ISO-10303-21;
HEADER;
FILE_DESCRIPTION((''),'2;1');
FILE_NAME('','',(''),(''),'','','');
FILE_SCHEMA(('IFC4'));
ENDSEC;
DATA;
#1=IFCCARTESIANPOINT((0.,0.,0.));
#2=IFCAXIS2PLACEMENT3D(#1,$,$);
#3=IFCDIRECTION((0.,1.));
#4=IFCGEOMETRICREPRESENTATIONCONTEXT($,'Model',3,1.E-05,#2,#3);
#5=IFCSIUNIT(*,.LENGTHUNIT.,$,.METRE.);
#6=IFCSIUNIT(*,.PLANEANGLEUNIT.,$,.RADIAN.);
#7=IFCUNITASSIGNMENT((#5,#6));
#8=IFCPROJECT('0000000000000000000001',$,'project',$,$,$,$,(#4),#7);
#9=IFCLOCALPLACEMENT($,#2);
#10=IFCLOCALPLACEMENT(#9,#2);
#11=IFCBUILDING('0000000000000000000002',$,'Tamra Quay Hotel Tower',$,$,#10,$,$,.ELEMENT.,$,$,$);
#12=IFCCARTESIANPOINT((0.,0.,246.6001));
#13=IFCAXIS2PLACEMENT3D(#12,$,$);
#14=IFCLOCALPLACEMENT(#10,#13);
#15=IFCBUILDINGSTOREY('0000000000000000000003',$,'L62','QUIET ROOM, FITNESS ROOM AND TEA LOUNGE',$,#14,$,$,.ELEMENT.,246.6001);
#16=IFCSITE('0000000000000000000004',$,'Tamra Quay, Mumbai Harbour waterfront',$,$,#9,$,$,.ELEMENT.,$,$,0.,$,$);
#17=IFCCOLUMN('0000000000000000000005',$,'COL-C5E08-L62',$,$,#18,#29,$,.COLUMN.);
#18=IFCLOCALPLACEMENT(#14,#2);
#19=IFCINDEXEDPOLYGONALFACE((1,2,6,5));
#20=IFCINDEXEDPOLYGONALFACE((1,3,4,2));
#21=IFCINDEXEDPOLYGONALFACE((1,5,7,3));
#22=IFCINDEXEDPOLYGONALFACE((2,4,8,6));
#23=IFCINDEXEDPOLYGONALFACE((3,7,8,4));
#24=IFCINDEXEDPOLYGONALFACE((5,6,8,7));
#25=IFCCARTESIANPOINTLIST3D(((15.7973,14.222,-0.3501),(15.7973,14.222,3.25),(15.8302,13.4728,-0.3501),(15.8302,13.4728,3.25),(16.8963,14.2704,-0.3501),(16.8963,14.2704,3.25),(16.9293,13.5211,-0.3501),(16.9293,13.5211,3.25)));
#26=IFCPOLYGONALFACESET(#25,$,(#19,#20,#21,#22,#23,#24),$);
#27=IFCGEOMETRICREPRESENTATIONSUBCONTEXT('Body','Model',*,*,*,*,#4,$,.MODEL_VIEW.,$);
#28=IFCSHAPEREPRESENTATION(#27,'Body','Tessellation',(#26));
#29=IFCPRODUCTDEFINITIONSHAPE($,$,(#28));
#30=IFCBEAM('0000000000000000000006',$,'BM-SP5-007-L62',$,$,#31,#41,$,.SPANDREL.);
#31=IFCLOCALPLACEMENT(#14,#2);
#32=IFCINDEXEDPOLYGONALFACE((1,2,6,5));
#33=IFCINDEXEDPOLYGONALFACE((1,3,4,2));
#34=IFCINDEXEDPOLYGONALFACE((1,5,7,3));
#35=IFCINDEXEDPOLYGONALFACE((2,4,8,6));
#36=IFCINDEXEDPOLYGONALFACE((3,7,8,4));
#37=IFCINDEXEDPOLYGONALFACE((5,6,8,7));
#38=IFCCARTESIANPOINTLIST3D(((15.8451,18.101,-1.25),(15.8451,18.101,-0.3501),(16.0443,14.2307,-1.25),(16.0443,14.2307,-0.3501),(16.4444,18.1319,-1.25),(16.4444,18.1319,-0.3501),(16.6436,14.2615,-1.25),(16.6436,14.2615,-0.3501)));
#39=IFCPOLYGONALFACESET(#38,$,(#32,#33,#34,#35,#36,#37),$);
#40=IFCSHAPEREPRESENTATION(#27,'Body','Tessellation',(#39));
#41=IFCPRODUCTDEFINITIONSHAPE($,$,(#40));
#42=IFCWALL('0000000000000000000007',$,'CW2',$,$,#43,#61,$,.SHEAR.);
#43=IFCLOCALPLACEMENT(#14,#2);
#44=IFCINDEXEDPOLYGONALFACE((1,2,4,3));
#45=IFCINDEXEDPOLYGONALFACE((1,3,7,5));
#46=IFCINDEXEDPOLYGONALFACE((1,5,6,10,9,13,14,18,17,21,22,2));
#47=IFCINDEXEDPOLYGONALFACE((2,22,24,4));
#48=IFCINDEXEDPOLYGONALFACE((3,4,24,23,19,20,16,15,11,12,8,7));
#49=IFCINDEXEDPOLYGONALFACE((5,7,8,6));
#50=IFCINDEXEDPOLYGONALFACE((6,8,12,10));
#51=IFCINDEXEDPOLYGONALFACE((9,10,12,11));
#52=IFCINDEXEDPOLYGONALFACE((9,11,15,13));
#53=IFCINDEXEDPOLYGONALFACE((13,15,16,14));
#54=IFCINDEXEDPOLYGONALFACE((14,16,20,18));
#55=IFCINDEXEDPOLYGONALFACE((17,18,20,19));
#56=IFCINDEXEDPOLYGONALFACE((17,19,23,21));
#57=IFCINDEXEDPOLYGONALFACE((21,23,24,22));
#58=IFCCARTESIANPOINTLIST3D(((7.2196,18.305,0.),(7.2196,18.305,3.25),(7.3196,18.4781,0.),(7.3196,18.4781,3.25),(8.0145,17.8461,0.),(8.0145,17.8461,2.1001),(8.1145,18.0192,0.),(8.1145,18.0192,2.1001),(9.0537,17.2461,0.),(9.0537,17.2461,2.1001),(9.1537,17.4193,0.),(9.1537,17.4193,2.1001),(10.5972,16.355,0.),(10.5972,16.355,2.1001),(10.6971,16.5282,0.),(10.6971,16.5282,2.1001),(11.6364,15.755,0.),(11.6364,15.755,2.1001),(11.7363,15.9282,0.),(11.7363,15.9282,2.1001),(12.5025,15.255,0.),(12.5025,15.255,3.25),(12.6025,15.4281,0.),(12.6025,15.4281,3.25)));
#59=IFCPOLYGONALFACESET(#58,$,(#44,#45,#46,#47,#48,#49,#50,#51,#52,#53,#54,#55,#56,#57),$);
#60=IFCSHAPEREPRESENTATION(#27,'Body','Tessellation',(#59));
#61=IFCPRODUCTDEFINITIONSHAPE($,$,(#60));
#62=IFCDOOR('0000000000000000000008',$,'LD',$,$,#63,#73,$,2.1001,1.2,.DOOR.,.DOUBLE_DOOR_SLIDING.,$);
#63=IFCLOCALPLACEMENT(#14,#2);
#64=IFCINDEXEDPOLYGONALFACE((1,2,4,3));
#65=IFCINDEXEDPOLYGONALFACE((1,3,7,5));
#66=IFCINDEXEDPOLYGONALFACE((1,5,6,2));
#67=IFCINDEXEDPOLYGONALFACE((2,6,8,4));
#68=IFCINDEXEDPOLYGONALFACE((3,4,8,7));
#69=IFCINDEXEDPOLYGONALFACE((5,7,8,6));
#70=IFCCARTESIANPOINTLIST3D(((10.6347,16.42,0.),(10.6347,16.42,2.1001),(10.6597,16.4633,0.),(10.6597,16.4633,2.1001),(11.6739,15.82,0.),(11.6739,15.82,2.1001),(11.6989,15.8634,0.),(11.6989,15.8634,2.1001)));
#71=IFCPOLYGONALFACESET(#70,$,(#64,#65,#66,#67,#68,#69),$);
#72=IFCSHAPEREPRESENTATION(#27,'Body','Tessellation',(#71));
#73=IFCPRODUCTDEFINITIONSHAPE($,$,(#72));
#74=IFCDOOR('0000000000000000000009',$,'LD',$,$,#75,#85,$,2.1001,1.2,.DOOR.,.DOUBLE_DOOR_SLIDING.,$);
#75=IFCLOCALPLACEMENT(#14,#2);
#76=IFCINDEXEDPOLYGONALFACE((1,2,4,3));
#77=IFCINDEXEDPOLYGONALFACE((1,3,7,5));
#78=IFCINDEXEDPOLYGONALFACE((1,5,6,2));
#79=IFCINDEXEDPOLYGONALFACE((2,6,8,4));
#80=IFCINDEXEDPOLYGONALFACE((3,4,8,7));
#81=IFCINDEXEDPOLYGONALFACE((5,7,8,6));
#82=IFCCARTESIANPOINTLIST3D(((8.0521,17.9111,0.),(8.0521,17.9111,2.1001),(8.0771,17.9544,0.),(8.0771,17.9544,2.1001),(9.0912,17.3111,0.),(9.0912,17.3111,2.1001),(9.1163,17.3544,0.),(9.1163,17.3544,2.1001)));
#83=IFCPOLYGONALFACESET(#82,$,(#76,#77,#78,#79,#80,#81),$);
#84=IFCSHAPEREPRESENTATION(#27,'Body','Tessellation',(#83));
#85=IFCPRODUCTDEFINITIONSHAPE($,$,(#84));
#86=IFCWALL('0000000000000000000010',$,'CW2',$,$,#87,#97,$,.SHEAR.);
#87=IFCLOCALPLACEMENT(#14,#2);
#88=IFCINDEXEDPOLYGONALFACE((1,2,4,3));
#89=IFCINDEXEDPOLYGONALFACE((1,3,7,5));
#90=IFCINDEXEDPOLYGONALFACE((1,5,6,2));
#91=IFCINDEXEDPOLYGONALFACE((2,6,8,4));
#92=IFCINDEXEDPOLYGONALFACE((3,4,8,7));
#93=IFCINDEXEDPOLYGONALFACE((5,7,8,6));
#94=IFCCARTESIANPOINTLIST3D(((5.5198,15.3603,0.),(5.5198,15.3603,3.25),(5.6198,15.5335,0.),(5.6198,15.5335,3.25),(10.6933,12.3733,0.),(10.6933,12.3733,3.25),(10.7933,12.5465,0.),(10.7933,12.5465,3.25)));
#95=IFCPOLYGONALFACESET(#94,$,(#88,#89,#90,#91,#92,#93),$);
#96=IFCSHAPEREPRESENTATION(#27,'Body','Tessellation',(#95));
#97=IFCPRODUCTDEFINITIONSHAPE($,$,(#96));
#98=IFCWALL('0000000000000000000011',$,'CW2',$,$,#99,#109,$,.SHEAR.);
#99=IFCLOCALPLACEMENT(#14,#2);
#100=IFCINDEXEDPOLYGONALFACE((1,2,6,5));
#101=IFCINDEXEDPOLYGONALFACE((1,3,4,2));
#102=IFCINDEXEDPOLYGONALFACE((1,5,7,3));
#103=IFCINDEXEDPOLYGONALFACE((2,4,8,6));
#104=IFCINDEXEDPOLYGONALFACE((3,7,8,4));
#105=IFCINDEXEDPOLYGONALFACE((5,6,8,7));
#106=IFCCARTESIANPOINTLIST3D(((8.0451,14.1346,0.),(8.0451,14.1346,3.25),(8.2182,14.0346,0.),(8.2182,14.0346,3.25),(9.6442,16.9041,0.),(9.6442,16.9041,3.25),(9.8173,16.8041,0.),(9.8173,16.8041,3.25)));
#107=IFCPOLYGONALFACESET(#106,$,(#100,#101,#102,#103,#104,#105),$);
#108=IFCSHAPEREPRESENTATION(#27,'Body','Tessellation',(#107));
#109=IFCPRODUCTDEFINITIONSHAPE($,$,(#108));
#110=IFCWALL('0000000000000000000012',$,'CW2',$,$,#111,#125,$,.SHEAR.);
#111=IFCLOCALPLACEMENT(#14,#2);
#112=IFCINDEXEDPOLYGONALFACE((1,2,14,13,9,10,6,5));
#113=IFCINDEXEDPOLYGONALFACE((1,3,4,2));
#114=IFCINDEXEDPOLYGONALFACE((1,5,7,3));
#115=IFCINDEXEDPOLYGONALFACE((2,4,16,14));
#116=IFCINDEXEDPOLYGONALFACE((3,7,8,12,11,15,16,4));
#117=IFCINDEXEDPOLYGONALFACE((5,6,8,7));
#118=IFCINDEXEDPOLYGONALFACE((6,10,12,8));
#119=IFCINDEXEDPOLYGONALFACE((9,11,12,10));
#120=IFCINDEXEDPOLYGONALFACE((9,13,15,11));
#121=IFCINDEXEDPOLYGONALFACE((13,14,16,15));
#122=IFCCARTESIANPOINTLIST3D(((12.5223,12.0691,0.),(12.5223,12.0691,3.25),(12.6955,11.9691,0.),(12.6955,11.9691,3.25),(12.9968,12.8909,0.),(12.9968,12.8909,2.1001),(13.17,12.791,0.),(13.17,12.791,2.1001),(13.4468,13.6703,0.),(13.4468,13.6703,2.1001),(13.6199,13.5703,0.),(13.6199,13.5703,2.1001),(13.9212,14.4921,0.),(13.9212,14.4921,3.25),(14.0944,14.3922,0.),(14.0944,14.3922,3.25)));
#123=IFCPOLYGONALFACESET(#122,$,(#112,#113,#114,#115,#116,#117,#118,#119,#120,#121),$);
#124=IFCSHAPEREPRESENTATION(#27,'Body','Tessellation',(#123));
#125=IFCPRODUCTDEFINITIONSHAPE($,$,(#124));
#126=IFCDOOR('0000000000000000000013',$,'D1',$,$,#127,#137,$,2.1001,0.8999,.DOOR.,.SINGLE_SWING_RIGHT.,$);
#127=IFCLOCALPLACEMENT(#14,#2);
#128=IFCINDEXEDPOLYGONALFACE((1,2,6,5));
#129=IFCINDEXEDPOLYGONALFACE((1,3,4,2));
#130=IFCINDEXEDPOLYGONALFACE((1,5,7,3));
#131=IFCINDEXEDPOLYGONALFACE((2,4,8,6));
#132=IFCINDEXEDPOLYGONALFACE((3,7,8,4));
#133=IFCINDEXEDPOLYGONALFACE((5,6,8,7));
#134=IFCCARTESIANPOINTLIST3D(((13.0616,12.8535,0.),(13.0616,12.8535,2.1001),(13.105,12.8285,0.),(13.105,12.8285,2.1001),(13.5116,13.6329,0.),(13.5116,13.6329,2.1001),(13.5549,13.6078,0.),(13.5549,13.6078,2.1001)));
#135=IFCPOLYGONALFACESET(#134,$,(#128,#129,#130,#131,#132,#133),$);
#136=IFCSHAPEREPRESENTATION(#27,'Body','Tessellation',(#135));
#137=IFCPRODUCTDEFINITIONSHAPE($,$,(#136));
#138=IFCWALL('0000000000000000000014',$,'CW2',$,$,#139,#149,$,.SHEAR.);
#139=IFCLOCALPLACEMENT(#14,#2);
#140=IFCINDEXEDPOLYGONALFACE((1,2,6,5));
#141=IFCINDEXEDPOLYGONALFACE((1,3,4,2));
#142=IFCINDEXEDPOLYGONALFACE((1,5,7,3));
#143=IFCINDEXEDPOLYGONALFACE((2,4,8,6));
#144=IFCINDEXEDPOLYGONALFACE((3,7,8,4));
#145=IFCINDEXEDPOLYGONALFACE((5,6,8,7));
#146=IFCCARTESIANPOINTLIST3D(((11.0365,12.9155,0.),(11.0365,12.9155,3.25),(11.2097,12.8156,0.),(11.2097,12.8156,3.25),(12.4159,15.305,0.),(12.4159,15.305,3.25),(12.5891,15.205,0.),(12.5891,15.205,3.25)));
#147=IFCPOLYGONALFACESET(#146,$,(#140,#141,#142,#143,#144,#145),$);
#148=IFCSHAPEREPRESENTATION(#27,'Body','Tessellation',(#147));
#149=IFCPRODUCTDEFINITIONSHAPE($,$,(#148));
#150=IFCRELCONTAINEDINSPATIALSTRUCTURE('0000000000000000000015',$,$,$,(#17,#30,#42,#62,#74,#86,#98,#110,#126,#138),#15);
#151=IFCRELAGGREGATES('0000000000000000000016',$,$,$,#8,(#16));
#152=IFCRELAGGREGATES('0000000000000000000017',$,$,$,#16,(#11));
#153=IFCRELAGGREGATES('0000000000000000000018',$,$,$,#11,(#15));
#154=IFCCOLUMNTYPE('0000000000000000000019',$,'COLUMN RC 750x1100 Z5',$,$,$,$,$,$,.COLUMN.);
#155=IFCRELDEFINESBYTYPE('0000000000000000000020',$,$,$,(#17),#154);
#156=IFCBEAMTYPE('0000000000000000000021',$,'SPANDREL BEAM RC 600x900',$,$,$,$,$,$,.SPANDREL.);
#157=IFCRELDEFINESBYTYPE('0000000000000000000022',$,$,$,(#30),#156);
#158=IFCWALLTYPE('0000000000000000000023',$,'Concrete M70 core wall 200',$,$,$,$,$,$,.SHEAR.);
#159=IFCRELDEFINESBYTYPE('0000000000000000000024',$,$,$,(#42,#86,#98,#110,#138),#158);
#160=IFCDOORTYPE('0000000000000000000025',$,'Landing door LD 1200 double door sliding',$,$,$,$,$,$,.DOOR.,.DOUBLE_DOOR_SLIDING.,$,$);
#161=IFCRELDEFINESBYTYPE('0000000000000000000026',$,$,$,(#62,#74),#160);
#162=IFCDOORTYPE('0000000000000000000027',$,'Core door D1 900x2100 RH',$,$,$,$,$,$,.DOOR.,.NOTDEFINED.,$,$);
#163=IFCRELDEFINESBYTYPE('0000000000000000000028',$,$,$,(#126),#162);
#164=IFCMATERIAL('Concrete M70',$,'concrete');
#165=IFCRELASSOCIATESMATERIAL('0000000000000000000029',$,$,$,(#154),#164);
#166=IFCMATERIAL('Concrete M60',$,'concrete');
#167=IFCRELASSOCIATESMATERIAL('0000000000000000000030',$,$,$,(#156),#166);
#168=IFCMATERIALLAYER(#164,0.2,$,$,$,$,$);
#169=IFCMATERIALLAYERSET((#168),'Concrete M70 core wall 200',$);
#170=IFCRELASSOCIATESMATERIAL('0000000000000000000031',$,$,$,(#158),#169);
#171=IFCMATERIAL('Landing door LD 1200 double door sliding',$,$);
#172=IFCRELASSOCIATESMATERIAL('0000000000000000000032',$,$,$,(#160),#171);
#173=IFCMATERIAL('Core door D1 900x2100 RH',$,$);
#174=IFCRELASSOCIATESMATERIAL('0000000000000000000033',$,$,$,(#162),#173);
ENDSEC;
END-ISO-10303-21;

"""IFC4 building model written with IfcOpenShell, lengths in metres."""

from ifc_helpers import new_model, si_unit, direction, frame, frame_2d, origin, origin_2d, place, context, subcontext, project, spatial, rectangle, extrude, material, layer, layer_set, material_profile, profile_set, type_object, element, fill, save


model = new_model("IFC4")

# Units and contexts
model_context = context("Model", 3, precision=1e-05, world=origin(), true_north=direction((0.0, 1.0)))
body_context = subcontext(model_context, "Body", "Model", "MODEL_VIEW")
ifc_project = project(units=[si_unit("LENGTHUNIT", "METRE"), si_unit("PLANEANGLEUNIT", "RADIAN")], contexts=[model_context])

# Site, building, storey
site_placement = place(None, origin())
site = spatial("IfcSite", under=ifc_project, at=site_placement, Name="Tamra Quay, Mumbai Harbour waterfront", CompositionType="ELEMENT", RefElevation=0.0)
building_placement = place(site_placement, origin())
building = spatial("IfcBuilding", under=site, at=building_placement, Name="Tamra Quay Hotel Tower", CompositionType="ELEMENT")
storey_placement = place(building_placement, frame((0.0, 0.0, 246.6001)))
storey = spatial("IfcBuildingStorey", under=building, at=storey_placement, Name="L62", Description="QUIET ROOM, FITNESS ROOM AND TEA LOUNGE", CompositionType="ELEMENT", Elevation=246.6001)

# Column
ifc_material_1 = material(Name="Concrete M70", Category="concrete")
ifc_material_profile_1 = material_profile(ifc_material_1, rectangle(XDim=1.1001, YDim=0.75, at=origin_2d()), Name="COLUMN RC 750x1100 Z5")
ifc_profile_set_1 = profile_set([ifc_material_profile_1], Name="Concrete M70")
column_type = type_object("IfcColumnType", Name="COLUMN RC 750x1100 Z5", PredefinedType="COLUMN", material=ifc_profile_set_1)
column_placement = place(storey_placement, frame((16.3633, 13.8716, -0.3501), z_axis=(0.0, 0.0, 1.0), x_axis=(0.999033, 0.043958, 0.0)))
element("IfcColumn", 1, at=column_placement, inside=storey, type_object=column_type, Name="COL-C5E08-L62", PredefinedType="COLUMN", context=body_context, shape_type="SweptSolid", body=[
    extrude(rectangle(XDim=1.1001, YDim=0.75, at=origin_2d()), origin(), (0.0, 0.0, 1.0), 3.6001),
])

# Beam
ifc_material_2 = material(Name="Concrete M60", Category="concrete")
ifc_material_profile_2 = material_profile(ifc_material_2, rectangle(XDim=0.6001, YDim=0.8999, at=origin_2d()), Name="SPANDREL BEAM RC 600x900")
ifc_profile_set_2 = profile_set([ifc_material_profile_2], Name="Concrete M60")
beam_type = type_object("IfcBeamType", Name="SPANDREL BEAM RC 600x900", PredefinedType="SPANDREL", material=ifc_profile_set_2)
beam_placement = place(storey_placement, frame((16.344, 14.2461, -0.8), z_axis=(-0.051405, 0.998678, 0.0), x_axis=(-0.998678, -0.051405, 0.0)))
element("IfcBeam", 2, at=beam_placement, inside=storey, type_object=beam_type, Name="BM-SP5-007-L62", PredefinedType="SPANDREL", context=body_context, shape_type="SweptSolid", body=[
    extrude(rectangle(XDim=0.6001, YDim=0.8999, at=origin_2d()), origin(), (0.0, 0.0, 1.0), 3.8755),
])

# Wall, openings, doors
ifc_layer_1 = layer(ifc_material_1, 0.2)
ifc_layer_set_1 = layer_set([ifc_layer_1], Name="Concrete M70 core wall 200")
wall_type_1 = type_object("IfcWallType", Name="Concrete M70 core wall 200", PredefinedType="SHEAR", material=ifc_layer_set_1)
wall_1_placement = place(storey_placement, frame((12.5525, 15.3416, 0.0), z_axis=(0.0, 0.0, 1.0), x_axis=(-0.86603, 0.499992, 0.0)))
wall_1 = element("IfcWall", 3, at=wall_1_placement, inside=storey, type_object=wall_type_1, Name="CW2", PredefinedType="SHEAR", context=body_context, shape_type="SweptSolid", body=[
    extrude(rectangle(XDim=6.1001, YDim=0.2, at=frame_2d((3.05, 0.0))), origin(), (0.0, 0.0, 1.0), 3.25),
])
opening_1_placement = place(wall_1_placement, frame((1.0, 0.0, 0.0)))
opening_1 = element("IfcOpeningElement", 4, at=opening_1_placement, cuts=wall_1, PredefinedType="OPENING", context=body_context, shape_type="SweptSolid", body=[
    extrude(rectangle(XDim=1.2, YDim=2.1001, at=frame_2d((0.6001, 1.05))), frame((0.0, 0.1099, 0.0), z_axis=(0.0, -1.0, 0.0), x_axis=(1.0, 0.0, 0.0)), (0.0, 0.0, 1.0), 0.22),
])
opening_2_placement = place(wall_1_placement, frame((3.9822, 0.0, 0.0)))
opening_2 = element("IfcOpeningElement", 5, at=opening_2_placement, cuts=wall_1, PredefinedType="OPENING", context=body_context, shape_type="SweptSolid", body=[
    extrude(rectangle(XDim=1.2, YDim=2.1001, at=frame_2d((0.6001, 1.05))), frame((0.0, 0.1099, 0.0), z_axis=(0.0, -1.0, 0.0), x_axis=(1.0, 0.0, 0.0)), (0.0, 0.0, 1.0), 0.22),
])
ifc_material_3 = material(Name="Landing door LD 1200 double door sliding")
door_type_1 = type_object("IfcDoorType", Name="Landing door LD 1200 double door sliding", OperationType="DOUBLE_DOOR_SLIDING", PredefinedType="DOOR", material=ifc_material_3)
door_1_placement = place(opening_1_placement, origin())
door_1 = element("IfcDoor", 6, at=door_1_placement, inside=storey, type_object=door_type_1, Name="LD", OperationType="DOUBLE_DOOR_SLIDING", OverallHeight=2.1001, OverallWidth=1.2, PredefinedType="DOOR", context=body_context, shape_type="SweptSolid", body=[
    extrude(rectangle(XDim=1.2, YDim=2.1001, at=frame_2d((0.6001, 1.05))), frame((0.0, 0.0249, 0.0), z_axis=(0.0, -1.0, 0.0), x_axis=(1.0, 0.0, 0.0)), (0.0, 0.0, 1.0), 0.05),
])
fill(opening_1, door_1)
door_2_placement = place(opening_2_placement, origin())
door_2 = element("IfcDoor", 7, at=door_2_placement, inside=storey, type_object=door_type_1, Name="LD", OperationType="DOUBLE_DOOR_SLIDING", OverallHeight=2.1001, OverallWidth=1.2, PredefinedType="DOOR", context=body_context, shape_type="SweptSolid", body=[
    extrude(rectangle(XDim=1.2, YDim=2.1001, at=frame_2d((0.6001, 1.05))), frame((0.0, 0.0249, 0.0), z_axis=(0.0, -1.0, 0.0), x_axis=(1.0, 0.0, 0.0)), (0.0, 0.0, 1.0), 0.05),
])
fill(opening_2, door_2)

# Walls
wall_2_placement = place(storey_placement, frame((10.7432, 12.46, 0.0), z_axis=(0.0, 0.0, 1.0), x_axis=(-0.866019, 0.500011, 0.0)))
element("IfcWall", 8, at=wall_2_placement, inside=storey, type_object=wall_type_1, Name="CW2", PredefinedType="SHEAR", context=body_context, shape_type="SweptSolid", body=[
    extrude(rectangle(XDim=5.9739, YDim=0.2, at=frame_2d((2.9868, 0.0))), origin(), (0.0, 0.0, 1.0), 3.25),
])
wall_3_placement = place(storey_placement, frame((8.1316, 14.0845, 0.0), z_axis=(0.0, 0.0, 1.0), x_axis=(0.500031, 0.866008, 0.0)))
element("IfcWall", 9, at=wall_3_placement, inside=storey, type_object=wall_type_1, Name="CW2", PredefinedType="SHEAR", context=body_context, shape_type="SweptSolid", body=[
    extrude(rectangle(XDim=3.198, YDim=0.2, at=frame_2d((1.5991, 0.0))), origin(), (0.0, 0.0, 1.0), 3.25),
])

# Wall, opening, door
wall_4_placement = place(storey_placement, frame((14.0078, 14.4421, 0.0), z_axis=(0.0, 0.0, 1.0), x_axis=(-0.499987, -0.866033, 0.0)))
wall_4 = element("IfcWall", 10, at=wall_4_placement, inside=storey, type_object=wall_type_1, Name="CW2", PredefinedType="SHEAR", context=body_context, shape_type="SweptSolid", body=[
    extrude(rectangle(XDim=2.7979, YDim=0.2, at=frame_2d((1.3989, 0.0))), origin(), (0.0, 0.0, 1.0), 3.25),
])
opening_3_placement = place(wall_4_placement, frame((0.949, 0.0, 0.0)))
opening_3 = element("IfcOpeningElement", 11, at=opening_3_placement, cuts=wall_4, PredefinedType="OPENING", context=body_context, shape_type="SweptSolid", body=[
    extrude(rectangle(XDim=0.8999, YDim=2.1001, at=frame_2d((0.45, 1.05))), frame((0.0, 0.1099, 0.0), z_axis=(0.0, -1.0, 0.0), x_axis=(1.0, 0.0, 0.0)), (0.0, 0.0, 1.0), 0.22),
])
ifc_material_4 = material(Name="Core door D1 900x2100 RH")
door_type_2 = type_object("IfcDoorType", Name="Core door D1 900x2100 RH", OperationType="NOTDEFINED", PredefinedType="DOOR", material=ifc_material_4)
door_3_placement = place(opening_3_placement, origin())
door_3 = element("IfcDoor", 12, at=door_3_placement, inside=storey, type_object=door_type_2, Name="D1", OperationType="SINGLE_SWING_RIGHT", OverallHeight=2.1001, OverallWidth=0.8999, PredefinedType="DOOR", context=body_context, shape_type="SweptSolid", body=[
    extrude(rectangle(XDim=0.8999, YDim=2.1001, at=frame_2d((0.45, 1.05))), frame((0.0, 0.0249, 0.0), z_axis=(0.0, -1.0, 0.0), x_axis=(1.0, 0.0, 0.0)), (0.0, 0.0, 1.0), 0.05),
])
fill(opening_3, door_3)

# Wall
wall_5_placement = place(storey_placement, frame((12.5024, 15.2549, 0.0), z_axis=(0.0, 0.0, 1.0), x_axis=(-0.499965, -0.866046, 0.0)))
element("IfcWall", 13, at=wall_5_placement, inside=storey, type_object=wall_type_1, Name="CW2", PredefinedType="SHEAR", context=body_context, shape_type="SweptSolid", body=[
    extrude(rectangle(XDim=2.759, YDim=0.2, at=frame_2d((1.3794, 0.0))), origin(), (0.0, 0.0, 1.0), 3.25),
])

save(model, "model.ifc")
